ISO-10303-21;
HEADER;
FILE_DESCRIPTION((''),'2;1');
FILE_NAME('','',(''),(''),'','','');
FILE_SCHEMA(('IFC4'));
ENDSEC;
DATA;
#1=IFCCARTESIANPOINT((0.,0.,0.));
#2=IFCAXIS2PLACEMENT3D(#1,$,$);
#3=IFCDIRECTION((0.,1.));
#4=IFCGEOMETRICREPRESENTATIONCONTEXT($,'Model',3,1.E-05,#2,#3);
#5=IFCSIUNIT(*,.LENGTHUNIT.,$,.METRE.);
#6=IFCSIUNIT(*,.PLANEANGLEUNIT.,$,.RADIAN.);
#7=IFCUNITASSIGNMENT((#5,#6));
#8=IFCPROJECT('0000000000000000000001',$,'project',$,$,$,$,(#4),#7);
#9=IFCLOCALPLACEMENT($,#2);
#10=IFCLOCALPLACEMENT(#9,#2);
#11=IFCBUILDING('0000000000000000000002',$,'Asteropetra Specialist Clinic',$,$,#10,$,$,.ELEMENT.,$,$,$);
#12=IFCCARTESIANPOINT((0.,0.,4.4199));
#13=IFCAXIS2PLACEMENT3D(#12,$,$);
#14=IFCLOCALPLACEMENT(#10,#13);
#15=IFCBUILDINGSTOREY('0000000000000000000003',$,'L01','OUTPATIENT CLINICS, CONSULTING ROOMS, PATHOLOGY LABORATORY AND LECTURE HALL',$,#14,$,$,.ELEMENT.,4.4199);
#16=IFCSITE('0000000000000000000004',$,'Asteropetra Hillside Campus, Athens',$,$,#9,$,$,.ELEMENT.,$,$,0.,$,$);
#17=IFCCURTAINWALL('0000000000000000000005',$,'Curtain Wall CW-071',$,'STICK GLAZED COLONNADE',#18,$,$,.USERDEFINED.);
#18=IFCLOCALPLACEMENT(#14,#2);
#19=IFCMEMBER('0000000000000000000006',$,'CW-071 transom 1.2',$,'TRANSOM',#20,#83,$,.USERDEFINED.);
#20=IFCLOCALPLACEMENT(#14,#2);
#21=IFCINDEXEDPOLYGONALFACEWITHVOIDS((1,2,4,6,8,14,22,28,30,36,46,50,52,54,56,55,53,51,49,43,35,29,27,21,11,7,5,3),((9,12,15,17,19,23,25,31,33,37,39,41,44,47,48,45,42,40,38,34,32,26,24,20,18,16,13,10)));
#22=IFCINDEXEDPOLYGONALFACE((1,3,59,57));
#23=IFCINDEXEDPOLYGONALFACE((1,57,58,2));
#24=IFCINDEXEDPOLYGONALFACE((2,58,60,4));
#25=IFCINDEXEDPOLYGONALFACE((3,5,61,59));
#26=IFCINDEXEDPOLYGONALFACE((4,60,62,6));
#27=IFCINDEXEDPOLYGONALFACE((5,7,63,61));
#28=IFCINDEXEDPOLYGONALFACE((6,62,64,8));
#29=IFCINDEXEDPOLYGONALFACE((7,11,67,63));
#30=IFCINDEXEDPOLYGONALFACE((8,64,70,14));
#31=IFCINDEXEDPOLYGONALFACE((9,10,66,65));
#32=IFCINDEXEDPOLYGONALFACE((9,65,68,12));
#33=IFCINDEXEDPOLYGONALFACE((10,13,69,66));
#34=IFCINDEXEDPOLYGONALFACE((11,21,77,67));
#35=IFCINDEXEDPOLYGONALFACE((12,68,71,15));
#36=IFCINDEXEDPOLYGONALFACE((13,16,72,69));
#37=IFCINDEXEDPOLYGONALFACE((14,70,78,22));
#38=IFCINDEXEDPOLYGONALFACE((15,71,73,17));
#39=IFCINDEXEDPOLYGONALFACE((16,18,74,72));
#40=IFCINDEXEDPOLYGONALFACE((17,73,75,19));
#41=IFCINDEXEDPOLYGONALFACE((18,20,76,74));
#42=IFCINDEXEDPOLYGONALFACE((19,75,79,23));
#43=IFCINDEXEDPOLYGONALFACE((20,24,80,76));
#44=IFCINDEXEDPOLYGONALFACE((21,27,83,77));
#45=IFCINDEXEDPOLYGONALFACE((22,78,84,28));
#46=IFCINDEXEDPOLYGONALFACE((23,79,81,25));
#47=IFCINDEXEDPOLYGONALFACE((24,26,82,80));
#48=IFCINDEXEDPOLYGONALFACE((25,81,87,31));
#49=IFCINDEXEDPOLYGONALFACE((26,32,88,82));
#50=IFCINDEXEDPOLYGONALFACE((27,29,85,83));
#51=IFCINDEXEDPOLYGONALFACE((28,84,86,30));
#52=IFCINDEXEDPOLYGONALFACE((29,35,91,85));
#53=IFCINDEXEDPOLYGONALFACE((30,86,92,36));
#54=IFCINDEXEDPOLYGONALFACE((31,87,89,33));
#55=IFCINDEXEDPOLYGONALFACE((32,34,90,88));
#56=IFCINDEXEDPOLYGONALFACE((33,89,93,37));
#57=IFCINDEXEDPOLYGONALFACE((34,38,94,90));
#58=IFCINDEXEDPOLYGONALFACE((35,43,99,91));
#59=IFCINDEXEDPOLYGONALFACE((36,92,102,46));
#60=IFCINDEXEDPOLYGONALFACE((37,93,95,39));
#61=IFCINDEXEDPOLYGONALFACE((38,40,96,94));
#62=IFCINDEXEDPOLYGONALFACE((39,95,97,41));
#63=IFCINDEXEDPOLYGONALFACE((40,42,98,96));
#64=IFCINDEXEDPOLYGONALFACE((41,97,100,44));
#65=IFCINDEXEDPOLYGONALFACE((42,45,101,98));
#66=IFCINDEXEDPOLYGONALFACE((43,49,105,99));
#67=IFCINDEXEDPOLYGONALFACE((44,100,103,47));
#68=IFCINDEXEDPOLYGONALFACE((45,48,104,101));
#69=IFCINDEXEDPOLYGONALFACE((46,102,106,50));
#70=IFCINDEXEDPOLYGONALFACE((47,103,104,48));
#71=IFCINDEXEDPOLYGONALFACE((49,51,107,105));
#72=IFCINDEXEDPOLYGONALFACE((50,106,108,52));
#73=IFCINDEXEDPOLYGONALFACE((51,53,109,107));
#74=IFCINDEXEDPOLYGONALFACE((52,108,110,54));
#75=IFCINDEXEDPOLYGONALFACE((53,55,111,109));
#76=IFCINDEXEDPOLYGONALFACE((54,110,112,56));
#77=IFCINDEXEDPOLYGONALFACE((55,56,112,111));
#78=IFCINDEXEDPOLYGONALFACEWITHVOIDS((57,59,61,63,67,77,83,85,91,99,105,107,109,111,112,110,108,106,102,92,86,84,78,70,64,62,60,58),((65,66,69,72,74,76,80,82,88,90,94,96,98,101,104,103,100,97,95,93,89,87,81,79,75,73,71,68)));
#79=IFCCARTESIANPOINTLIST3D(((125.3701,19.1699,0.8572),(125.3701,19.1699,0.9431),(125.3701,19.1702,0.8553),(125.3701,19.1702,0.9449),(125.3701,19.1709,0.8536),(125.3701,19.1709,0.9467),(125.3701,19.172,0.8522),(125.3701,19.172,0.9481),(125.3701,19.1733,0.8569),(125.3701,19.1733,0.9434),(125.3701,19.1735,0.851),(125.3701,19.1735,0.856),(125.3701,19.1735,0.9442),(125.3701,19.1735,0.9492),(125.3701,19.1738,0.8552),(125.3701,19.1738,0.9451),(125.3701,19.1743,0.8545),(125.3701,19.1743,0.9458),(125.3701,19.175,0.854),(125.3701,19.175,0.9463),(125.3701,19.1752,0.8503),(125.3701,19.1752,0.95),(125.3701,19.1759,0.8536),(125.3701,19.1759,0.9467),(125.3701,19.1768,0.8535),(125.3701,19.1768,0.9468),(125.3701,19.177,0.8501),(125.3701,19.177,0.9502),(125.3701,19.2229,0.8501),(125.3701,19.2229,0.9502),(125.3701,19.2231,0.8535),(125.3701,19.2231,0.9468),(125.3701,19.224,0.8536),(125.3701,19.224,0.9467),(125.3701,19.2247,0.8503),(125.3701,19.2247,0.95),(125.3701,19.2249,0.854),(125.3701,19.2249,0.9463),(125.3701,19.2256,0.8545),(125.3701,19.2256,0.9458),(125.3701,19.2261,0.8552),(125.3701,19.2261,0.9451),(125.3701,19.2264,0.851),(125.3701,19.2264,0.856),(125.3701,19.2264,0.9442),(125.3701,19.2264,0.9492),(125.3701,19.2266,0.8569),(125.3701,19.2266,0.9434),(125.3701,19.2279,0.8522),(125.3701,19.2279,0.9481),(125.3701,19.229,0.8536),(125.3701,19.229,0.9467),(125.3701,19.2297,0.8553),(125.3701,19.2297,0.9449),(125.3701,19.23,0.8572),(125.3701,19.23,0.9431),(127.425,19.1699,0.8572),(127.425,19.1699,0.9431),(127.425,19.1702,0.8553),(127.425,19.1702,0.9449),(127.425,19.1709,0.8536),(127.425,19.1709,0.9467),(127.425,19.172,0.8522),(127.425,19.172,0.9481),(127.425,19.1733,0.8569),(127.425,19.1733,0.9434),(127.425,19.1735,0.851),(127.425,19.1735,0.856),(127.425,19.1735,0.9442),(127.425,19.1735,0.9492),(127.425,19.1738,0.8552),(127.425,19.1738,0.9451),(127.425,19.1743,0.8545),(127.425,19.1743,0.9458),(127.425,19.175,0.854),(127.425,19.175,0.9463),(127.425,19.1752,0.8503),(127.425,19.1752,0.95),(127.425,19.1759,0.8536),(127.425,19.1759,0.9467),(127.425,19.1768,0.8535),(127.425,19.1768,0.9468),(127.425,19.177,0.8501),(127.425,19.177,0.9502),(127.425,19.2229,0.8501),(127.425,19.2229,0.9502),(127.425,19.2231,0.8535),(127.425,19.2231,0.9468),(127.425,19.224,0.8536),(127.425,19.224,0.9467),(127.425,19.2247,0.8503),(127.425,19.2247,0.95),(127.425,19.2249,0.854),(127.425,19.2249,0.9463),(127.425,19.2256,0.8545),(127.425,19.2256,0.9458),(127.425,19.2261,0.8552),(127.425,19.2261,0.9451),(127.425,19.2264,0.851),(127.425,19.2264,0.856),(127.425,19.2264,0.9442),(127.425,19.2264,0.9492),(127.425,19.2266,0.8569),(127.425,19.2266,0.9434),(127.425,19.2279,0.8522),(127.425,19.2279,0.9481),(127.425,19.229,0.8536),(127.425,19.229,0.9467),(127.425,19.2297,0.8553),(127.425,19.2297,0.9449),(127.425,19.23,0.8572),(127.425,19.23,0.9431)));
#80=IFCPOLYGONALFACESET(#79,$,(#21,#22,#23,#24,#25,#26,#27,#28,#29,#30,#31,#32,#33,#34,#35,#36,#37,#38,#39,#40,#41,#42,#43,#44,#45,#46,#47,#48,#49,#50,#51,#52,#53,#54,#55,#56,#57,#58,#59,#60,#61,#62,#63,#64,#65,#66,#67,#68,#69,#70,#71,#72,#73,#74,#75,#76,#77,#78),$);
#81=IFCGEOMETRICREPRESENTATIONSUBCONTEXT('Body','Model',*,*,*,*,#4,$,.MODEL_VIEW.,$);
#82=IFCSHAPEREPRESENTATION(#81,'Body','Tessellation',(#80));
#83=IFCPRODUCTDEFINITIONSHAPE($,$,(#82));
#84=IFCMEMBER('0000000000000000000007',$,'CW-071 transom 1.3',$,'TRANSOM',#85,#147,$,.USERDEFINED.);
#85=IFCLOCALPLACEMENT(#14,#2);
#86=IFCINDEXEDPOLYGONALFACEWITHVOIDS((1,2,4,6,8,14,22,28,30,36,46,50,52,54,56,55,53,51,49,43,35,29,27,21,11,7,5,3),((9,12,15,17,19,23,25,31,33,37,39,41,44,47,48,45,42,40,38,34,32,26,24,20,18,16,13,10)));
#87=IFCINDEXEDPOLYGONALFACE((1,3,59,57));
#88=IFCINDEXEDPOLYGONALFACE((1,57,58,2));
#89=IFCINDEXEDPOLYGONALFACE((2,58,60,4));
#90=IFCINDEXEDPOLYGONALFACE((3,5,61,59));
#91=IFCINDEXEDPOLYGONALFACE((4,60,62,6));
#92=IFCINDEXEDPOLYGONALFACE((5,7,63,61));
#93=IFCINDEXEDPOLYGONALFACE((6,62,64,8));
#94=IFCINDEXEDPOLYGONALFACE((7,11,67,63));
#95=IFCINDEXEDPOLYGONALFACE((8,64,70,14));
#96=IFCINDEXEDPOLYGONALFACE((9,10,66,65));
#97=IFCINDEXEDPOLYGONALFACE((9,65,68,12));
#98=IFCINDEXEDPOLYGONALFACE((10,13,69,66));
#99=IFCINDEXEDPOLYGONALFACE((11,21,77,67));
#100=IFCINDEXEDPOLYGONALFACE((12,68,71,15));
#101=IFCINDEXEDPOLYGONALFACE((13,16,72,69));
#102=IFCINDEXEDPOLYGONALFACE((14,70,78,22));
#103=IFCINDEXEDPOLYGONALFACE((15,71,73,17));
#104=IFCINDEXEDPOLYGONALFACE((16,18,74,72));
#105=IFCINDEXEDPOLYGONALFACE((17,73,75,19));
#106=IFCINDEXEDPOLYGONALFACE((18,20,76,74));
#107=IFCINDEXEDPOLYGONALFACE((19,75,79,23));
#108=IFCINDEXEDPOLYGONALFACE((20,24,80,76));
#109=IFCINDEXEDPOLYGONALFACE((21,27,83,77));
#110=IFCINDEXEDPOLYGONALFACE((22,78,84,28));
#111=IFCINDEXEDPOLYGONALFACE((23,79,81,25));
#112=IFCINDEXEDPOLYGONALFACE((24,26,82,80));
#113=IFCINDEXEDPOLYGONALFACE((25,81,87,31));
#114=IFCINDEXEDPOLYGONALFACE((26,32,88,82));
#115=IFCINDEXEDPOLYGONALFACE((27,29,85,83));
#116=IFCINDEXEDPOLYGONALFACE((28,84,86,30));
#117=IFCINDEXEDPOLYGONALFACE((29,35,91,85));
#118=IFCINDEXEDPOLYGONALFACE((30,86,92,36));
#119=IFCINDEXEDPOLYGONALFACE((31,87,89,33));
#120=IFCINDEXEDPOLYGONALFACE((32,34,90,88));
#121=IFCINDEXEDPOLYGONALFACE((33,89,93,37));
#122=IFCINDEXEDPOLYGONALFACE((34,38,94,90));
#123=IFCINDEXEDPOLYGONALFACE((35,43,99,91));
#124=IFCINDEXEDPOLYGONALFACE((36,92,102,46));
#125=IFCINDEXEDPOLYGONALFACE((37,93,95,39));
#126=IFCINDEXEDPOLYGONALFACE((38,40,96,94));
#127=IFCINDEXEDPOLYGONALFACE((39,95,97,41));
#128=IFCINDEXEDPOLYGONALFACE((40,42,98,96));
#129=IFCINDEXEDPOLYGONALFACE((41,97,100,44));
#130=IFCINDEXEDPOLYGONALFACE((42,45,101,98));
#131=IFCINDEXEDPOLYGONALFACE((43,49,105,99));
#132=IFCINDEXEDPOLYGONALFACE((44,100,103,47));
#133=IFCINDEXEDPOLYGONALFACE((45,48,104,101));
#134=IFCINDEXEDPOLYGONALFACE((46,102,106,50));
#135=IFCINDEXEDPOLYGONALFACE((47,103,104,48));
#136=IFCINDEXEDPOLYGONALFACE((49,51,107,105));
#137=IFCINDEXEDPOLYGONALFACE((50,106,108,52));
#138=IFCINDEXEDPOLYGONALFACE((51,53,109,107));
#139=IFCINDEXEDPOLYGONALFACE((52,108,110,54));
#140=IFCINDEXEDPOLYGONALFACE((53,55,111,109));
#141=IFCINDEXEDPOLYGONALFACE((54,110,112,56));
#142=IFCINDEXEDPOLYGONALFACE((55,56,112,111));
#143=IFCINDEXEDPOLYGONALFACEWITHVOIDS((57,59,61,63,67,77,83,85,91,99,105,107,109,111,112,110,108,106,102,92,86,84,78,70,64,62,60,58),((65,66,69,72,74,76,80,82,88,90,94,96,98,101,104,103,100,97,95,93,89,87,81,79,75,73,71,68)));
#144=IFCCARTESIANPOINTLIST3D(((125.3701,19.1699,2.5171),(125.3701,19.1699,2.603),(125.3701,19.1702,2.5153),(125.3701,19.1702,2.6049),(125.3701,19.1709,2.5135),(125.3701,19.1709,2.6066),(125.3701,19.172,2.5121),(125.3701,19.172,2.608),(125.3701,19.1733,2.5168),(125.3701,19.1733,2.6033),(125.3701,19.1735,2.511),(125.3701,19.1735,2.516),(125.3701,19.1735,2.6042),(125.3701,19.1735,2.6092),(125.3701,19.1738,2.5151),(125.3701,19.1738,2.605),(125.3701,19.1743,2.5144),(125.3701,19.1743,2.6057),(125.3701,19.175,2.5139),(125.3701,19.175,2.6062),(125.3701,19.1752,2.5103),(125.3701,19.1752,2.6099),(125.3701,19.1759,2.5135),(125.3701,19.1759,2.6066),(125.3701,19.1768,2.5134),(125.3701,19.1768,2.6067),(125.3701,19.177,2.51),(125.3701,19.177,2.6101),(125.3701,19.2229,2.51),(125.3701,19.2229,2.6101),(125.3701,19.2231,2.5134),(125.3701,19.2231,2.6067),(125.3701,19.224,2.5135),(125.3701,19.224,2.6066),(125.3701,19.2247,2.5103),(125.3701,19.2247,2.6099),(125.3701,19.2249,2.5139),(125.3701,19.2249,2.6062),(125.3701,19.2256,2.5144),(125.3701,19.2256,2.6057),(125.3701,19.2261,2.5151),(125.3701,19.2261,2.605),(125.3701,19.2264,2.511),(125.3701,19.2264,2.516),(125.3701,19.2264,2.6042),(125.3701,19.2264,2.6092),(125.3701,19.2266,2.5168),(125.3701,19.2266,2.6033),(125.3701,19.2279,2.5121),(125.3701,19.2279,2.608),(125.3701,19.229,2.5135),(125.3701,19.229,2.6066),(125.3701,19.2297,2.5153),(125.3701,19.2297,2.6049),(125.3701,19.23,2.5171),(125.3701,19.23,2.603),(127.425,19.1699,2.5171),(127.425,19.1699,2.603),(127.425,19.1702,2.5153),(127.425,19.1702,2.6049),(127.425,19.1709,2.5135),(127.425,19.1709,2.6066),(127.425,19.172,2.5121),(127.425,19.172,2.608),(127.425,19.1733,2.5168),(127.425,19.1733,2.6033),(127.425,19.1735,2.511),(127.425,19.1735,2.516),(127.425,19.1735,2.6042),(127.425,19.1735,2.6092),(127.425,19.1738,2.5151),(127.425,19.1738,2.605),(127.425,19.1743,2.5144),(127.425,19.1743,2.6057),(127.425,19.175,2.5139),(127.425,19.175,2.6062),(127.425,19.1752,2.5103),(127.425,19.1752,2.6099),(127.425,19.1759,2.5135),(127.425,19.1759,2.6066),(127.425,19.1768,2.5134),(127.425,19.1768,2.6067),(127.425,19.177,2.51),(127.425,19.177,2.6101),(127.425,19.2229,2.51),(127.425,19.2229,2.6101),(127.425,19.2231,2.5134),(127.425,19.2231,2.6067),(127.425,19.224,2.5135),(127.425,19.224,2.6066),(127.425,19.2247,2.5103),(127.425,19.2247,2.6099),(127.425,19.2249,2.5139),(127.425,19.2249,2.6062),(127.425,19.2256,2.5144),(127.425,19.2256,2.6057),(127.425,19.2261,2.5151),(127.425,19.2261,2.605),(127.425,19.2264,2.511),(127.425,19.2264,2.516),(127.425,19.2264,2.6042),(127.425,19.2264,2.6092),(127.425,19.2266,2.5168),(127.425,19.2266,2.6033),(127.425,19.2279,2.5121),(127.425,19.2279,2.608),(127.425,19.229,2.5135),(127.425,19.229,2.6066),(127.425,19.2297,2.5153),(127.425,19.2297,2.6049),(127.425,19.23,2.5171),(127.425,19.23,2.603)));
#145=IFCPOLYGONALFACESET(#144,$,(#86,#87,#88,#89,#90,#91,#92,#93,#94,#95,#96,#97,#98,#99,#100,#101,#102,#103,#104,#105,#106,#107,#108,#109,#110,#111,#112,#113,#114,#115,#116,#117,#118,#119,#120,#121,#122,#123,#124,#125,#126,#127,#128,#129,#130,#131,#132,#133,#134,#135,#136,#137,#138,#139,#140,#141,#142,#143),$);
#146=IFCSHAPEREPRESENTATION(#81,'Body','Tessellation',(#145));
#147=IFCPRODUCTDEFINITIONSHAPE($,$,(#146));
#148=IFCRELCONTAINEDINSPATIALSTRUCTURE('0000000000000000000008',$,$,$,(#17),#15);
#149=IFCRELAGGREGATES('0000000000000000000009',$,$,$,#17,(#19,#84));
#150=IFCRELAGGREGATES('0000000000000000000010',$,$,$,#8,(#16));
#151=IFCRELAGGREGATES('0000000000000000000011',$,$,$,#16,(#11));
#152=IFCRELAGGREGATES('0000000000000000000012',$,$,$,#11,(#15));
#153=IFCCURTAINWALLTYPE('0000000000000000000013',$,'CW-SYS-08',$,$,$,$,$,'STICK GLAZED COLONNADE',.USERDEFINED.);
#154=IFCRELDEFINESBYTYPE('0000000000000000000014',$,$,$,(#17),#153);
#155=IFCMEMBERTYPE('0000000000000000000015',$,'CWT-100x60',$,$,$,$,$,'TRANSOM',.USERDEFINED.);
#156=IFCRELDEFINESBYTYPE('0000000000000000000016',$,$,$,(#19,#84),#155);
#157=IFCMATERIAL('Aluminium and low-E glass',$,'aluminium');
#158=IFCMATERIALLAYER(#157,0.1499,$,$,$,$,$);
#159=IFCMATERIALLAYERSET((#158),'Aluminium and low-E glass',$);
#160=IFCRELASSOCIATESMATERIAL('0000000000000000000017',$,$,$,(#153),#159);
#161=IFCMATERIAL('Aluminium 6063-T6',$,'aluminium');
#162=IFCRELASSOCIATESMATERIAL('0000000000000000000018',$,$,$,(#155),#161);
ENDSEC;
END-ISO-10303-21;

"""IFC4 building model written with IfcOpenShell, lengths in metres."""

from ifc_helpers import new_model, si_unit, direction, frame, origin, origin_2d, place, context, subcontext, project, spatial, hollow_rectangle, extrude, material, layer, layer_set, material_profile, profile_set, type_object, element, aggregate, save


model = new_model("IFC4")

# Units and contexts
model_context = context("Model", 3, precision=1e-05, world=origin(), true_north=direction((0.0, 1.0)))
body_context = subcontext(model_context, "Body", "Model", "MODEL_VIEW")
ifc_project = project(units=[si_unit("LENGTHUNIT", "METRE"), si_unit("PLANEANGLEUNIT", "RADIAN")], contexts=[model_context])

# Site, building, storey
site_placement = place(None, origin())
site = spatial("IfcSite", under=ifc_project, at=site_placement, Name="Asteropetra Hillside Campus, Athens", CompositionType="ELEMENT", RefElevation=0.0)
building_placement = place(site_placement, origin())
building = spatial("IfcBuilding", under=site, at=building_placement, Name="Asteropetra Specialist Clinic", CompositionType="ELEMENT")
storey_placement = place(building_placement, frame((0.0, 0.0, 4.4199)))
storey = spatial("IfcBuildingStorey", under=building, at=storey_placement, Name="L01", Description="OUTPATIENT CLINICS, CONSULTING ROOMS, PATHOLOGY LABORATORY AND LECTURE HALL", CompositionType="ELEMENT", Elevation=4.4199)

# Curtain wall, members
ifc_material_1 = material(Name="Aluminium and low-E glass", Category="aluminium")
ifc_layer_1 = layer(ifc_material_1, 0.1499)
ifc_layer_set_1 = layer_set([ifc_layer_1], Name="Aluminium and low-E glass")
curtain_wall_type = type_object("IfcCurtainWallType", Name="CW-SYS-08", ElementType="STICK GLAZED COLONNADE", PredefinedType="USERDEFINED", material=ifc_layer_set_1)
curtain_wall_placement = place(storey_placement, origin())
curtain_wall = element("IfcCurtainWall", 1, at=curtain_wall_placement, inside=storey, type_object=curtain_wall_type, Name="Curtain Wall CW-071", ObjectType="STICK GLAZED COLONNADE", PredefinedType="USERDEFINED")
ifc_material_2 = material(Name="Aluminium 6063-T6", Category="aluminium")
ifc_material_profile_1 = material_profile(ifc_material_2, hollow_rectangle(XDim=0.0601, YDim=0.1001, WallThickness=0.0034, InnerFilletRadius=0.0034, OuterFilletRadius=0.0071, at=origin_2d()), Name="TRN 100x60x3.5")
ifc_profile_set_1 = profile_set([ifc_material_profile_1], Name="Aluminium 6063-T6")
member_type_1 = type_object("IfcMemberType", Name="CWT-100x60", ElementType="TRANSOM", PredefinedType="USERDEFINED", material=ifc_profile_set_1)
member_1_placement = place(storey_placement, frame((125.3701, 19.2, 0.9001), z_axis=(1.0, 0.0, 0.0), x_axis=(0.0, 1.0, 0.0)))
member_1 = element("IfcMember", 2, at=member_1_placement, type_object=member_type_1, Name="CW-071 transom 1.2", ObjectType="TRANSOM", PredefinedType="USERDEFINED", context=body_context, shape_type="SweptSolid", body=[
    extrude(hollow_rectangle(XDim=0.0601, YDim=0.1001, WallThickness=0.0034, InnerFilletRadius=0.0034, OuterFilletRadius=0.0071, at=origin_2d()), origin(), (0.0, 0.0, 1.0), 2.0549),
])
member_2_placement = place(storey_placement, frame((125.3701, 19.2, 2.5601), z_axis=(1.0, 0.0, 0.0), x_axis=(0.0, 1.0, 0.0)))
member_2 = element("IfcMember", 3, at=member_2_placement, type_object=member_type_1, Name="CW-071 transom 1.3", ObjectType="TRANSOM", PredefinedType="USERDEFINED", context=body_context, shape_type="SweptSolid", body=[
    extrude(hollow_rectangle(XDim=0.0601, YDim=0.1001, WallThickness=0.0034, InnerFilletRadius=0.0034, OuterFilletRadius=0.0071, at=origin_2d()), origin(), (0.0, 0.0, 1.0), 2.0549),
])
aggregate(curtain_wall, [member_1, member_2])

save(model, "model.ifc")
